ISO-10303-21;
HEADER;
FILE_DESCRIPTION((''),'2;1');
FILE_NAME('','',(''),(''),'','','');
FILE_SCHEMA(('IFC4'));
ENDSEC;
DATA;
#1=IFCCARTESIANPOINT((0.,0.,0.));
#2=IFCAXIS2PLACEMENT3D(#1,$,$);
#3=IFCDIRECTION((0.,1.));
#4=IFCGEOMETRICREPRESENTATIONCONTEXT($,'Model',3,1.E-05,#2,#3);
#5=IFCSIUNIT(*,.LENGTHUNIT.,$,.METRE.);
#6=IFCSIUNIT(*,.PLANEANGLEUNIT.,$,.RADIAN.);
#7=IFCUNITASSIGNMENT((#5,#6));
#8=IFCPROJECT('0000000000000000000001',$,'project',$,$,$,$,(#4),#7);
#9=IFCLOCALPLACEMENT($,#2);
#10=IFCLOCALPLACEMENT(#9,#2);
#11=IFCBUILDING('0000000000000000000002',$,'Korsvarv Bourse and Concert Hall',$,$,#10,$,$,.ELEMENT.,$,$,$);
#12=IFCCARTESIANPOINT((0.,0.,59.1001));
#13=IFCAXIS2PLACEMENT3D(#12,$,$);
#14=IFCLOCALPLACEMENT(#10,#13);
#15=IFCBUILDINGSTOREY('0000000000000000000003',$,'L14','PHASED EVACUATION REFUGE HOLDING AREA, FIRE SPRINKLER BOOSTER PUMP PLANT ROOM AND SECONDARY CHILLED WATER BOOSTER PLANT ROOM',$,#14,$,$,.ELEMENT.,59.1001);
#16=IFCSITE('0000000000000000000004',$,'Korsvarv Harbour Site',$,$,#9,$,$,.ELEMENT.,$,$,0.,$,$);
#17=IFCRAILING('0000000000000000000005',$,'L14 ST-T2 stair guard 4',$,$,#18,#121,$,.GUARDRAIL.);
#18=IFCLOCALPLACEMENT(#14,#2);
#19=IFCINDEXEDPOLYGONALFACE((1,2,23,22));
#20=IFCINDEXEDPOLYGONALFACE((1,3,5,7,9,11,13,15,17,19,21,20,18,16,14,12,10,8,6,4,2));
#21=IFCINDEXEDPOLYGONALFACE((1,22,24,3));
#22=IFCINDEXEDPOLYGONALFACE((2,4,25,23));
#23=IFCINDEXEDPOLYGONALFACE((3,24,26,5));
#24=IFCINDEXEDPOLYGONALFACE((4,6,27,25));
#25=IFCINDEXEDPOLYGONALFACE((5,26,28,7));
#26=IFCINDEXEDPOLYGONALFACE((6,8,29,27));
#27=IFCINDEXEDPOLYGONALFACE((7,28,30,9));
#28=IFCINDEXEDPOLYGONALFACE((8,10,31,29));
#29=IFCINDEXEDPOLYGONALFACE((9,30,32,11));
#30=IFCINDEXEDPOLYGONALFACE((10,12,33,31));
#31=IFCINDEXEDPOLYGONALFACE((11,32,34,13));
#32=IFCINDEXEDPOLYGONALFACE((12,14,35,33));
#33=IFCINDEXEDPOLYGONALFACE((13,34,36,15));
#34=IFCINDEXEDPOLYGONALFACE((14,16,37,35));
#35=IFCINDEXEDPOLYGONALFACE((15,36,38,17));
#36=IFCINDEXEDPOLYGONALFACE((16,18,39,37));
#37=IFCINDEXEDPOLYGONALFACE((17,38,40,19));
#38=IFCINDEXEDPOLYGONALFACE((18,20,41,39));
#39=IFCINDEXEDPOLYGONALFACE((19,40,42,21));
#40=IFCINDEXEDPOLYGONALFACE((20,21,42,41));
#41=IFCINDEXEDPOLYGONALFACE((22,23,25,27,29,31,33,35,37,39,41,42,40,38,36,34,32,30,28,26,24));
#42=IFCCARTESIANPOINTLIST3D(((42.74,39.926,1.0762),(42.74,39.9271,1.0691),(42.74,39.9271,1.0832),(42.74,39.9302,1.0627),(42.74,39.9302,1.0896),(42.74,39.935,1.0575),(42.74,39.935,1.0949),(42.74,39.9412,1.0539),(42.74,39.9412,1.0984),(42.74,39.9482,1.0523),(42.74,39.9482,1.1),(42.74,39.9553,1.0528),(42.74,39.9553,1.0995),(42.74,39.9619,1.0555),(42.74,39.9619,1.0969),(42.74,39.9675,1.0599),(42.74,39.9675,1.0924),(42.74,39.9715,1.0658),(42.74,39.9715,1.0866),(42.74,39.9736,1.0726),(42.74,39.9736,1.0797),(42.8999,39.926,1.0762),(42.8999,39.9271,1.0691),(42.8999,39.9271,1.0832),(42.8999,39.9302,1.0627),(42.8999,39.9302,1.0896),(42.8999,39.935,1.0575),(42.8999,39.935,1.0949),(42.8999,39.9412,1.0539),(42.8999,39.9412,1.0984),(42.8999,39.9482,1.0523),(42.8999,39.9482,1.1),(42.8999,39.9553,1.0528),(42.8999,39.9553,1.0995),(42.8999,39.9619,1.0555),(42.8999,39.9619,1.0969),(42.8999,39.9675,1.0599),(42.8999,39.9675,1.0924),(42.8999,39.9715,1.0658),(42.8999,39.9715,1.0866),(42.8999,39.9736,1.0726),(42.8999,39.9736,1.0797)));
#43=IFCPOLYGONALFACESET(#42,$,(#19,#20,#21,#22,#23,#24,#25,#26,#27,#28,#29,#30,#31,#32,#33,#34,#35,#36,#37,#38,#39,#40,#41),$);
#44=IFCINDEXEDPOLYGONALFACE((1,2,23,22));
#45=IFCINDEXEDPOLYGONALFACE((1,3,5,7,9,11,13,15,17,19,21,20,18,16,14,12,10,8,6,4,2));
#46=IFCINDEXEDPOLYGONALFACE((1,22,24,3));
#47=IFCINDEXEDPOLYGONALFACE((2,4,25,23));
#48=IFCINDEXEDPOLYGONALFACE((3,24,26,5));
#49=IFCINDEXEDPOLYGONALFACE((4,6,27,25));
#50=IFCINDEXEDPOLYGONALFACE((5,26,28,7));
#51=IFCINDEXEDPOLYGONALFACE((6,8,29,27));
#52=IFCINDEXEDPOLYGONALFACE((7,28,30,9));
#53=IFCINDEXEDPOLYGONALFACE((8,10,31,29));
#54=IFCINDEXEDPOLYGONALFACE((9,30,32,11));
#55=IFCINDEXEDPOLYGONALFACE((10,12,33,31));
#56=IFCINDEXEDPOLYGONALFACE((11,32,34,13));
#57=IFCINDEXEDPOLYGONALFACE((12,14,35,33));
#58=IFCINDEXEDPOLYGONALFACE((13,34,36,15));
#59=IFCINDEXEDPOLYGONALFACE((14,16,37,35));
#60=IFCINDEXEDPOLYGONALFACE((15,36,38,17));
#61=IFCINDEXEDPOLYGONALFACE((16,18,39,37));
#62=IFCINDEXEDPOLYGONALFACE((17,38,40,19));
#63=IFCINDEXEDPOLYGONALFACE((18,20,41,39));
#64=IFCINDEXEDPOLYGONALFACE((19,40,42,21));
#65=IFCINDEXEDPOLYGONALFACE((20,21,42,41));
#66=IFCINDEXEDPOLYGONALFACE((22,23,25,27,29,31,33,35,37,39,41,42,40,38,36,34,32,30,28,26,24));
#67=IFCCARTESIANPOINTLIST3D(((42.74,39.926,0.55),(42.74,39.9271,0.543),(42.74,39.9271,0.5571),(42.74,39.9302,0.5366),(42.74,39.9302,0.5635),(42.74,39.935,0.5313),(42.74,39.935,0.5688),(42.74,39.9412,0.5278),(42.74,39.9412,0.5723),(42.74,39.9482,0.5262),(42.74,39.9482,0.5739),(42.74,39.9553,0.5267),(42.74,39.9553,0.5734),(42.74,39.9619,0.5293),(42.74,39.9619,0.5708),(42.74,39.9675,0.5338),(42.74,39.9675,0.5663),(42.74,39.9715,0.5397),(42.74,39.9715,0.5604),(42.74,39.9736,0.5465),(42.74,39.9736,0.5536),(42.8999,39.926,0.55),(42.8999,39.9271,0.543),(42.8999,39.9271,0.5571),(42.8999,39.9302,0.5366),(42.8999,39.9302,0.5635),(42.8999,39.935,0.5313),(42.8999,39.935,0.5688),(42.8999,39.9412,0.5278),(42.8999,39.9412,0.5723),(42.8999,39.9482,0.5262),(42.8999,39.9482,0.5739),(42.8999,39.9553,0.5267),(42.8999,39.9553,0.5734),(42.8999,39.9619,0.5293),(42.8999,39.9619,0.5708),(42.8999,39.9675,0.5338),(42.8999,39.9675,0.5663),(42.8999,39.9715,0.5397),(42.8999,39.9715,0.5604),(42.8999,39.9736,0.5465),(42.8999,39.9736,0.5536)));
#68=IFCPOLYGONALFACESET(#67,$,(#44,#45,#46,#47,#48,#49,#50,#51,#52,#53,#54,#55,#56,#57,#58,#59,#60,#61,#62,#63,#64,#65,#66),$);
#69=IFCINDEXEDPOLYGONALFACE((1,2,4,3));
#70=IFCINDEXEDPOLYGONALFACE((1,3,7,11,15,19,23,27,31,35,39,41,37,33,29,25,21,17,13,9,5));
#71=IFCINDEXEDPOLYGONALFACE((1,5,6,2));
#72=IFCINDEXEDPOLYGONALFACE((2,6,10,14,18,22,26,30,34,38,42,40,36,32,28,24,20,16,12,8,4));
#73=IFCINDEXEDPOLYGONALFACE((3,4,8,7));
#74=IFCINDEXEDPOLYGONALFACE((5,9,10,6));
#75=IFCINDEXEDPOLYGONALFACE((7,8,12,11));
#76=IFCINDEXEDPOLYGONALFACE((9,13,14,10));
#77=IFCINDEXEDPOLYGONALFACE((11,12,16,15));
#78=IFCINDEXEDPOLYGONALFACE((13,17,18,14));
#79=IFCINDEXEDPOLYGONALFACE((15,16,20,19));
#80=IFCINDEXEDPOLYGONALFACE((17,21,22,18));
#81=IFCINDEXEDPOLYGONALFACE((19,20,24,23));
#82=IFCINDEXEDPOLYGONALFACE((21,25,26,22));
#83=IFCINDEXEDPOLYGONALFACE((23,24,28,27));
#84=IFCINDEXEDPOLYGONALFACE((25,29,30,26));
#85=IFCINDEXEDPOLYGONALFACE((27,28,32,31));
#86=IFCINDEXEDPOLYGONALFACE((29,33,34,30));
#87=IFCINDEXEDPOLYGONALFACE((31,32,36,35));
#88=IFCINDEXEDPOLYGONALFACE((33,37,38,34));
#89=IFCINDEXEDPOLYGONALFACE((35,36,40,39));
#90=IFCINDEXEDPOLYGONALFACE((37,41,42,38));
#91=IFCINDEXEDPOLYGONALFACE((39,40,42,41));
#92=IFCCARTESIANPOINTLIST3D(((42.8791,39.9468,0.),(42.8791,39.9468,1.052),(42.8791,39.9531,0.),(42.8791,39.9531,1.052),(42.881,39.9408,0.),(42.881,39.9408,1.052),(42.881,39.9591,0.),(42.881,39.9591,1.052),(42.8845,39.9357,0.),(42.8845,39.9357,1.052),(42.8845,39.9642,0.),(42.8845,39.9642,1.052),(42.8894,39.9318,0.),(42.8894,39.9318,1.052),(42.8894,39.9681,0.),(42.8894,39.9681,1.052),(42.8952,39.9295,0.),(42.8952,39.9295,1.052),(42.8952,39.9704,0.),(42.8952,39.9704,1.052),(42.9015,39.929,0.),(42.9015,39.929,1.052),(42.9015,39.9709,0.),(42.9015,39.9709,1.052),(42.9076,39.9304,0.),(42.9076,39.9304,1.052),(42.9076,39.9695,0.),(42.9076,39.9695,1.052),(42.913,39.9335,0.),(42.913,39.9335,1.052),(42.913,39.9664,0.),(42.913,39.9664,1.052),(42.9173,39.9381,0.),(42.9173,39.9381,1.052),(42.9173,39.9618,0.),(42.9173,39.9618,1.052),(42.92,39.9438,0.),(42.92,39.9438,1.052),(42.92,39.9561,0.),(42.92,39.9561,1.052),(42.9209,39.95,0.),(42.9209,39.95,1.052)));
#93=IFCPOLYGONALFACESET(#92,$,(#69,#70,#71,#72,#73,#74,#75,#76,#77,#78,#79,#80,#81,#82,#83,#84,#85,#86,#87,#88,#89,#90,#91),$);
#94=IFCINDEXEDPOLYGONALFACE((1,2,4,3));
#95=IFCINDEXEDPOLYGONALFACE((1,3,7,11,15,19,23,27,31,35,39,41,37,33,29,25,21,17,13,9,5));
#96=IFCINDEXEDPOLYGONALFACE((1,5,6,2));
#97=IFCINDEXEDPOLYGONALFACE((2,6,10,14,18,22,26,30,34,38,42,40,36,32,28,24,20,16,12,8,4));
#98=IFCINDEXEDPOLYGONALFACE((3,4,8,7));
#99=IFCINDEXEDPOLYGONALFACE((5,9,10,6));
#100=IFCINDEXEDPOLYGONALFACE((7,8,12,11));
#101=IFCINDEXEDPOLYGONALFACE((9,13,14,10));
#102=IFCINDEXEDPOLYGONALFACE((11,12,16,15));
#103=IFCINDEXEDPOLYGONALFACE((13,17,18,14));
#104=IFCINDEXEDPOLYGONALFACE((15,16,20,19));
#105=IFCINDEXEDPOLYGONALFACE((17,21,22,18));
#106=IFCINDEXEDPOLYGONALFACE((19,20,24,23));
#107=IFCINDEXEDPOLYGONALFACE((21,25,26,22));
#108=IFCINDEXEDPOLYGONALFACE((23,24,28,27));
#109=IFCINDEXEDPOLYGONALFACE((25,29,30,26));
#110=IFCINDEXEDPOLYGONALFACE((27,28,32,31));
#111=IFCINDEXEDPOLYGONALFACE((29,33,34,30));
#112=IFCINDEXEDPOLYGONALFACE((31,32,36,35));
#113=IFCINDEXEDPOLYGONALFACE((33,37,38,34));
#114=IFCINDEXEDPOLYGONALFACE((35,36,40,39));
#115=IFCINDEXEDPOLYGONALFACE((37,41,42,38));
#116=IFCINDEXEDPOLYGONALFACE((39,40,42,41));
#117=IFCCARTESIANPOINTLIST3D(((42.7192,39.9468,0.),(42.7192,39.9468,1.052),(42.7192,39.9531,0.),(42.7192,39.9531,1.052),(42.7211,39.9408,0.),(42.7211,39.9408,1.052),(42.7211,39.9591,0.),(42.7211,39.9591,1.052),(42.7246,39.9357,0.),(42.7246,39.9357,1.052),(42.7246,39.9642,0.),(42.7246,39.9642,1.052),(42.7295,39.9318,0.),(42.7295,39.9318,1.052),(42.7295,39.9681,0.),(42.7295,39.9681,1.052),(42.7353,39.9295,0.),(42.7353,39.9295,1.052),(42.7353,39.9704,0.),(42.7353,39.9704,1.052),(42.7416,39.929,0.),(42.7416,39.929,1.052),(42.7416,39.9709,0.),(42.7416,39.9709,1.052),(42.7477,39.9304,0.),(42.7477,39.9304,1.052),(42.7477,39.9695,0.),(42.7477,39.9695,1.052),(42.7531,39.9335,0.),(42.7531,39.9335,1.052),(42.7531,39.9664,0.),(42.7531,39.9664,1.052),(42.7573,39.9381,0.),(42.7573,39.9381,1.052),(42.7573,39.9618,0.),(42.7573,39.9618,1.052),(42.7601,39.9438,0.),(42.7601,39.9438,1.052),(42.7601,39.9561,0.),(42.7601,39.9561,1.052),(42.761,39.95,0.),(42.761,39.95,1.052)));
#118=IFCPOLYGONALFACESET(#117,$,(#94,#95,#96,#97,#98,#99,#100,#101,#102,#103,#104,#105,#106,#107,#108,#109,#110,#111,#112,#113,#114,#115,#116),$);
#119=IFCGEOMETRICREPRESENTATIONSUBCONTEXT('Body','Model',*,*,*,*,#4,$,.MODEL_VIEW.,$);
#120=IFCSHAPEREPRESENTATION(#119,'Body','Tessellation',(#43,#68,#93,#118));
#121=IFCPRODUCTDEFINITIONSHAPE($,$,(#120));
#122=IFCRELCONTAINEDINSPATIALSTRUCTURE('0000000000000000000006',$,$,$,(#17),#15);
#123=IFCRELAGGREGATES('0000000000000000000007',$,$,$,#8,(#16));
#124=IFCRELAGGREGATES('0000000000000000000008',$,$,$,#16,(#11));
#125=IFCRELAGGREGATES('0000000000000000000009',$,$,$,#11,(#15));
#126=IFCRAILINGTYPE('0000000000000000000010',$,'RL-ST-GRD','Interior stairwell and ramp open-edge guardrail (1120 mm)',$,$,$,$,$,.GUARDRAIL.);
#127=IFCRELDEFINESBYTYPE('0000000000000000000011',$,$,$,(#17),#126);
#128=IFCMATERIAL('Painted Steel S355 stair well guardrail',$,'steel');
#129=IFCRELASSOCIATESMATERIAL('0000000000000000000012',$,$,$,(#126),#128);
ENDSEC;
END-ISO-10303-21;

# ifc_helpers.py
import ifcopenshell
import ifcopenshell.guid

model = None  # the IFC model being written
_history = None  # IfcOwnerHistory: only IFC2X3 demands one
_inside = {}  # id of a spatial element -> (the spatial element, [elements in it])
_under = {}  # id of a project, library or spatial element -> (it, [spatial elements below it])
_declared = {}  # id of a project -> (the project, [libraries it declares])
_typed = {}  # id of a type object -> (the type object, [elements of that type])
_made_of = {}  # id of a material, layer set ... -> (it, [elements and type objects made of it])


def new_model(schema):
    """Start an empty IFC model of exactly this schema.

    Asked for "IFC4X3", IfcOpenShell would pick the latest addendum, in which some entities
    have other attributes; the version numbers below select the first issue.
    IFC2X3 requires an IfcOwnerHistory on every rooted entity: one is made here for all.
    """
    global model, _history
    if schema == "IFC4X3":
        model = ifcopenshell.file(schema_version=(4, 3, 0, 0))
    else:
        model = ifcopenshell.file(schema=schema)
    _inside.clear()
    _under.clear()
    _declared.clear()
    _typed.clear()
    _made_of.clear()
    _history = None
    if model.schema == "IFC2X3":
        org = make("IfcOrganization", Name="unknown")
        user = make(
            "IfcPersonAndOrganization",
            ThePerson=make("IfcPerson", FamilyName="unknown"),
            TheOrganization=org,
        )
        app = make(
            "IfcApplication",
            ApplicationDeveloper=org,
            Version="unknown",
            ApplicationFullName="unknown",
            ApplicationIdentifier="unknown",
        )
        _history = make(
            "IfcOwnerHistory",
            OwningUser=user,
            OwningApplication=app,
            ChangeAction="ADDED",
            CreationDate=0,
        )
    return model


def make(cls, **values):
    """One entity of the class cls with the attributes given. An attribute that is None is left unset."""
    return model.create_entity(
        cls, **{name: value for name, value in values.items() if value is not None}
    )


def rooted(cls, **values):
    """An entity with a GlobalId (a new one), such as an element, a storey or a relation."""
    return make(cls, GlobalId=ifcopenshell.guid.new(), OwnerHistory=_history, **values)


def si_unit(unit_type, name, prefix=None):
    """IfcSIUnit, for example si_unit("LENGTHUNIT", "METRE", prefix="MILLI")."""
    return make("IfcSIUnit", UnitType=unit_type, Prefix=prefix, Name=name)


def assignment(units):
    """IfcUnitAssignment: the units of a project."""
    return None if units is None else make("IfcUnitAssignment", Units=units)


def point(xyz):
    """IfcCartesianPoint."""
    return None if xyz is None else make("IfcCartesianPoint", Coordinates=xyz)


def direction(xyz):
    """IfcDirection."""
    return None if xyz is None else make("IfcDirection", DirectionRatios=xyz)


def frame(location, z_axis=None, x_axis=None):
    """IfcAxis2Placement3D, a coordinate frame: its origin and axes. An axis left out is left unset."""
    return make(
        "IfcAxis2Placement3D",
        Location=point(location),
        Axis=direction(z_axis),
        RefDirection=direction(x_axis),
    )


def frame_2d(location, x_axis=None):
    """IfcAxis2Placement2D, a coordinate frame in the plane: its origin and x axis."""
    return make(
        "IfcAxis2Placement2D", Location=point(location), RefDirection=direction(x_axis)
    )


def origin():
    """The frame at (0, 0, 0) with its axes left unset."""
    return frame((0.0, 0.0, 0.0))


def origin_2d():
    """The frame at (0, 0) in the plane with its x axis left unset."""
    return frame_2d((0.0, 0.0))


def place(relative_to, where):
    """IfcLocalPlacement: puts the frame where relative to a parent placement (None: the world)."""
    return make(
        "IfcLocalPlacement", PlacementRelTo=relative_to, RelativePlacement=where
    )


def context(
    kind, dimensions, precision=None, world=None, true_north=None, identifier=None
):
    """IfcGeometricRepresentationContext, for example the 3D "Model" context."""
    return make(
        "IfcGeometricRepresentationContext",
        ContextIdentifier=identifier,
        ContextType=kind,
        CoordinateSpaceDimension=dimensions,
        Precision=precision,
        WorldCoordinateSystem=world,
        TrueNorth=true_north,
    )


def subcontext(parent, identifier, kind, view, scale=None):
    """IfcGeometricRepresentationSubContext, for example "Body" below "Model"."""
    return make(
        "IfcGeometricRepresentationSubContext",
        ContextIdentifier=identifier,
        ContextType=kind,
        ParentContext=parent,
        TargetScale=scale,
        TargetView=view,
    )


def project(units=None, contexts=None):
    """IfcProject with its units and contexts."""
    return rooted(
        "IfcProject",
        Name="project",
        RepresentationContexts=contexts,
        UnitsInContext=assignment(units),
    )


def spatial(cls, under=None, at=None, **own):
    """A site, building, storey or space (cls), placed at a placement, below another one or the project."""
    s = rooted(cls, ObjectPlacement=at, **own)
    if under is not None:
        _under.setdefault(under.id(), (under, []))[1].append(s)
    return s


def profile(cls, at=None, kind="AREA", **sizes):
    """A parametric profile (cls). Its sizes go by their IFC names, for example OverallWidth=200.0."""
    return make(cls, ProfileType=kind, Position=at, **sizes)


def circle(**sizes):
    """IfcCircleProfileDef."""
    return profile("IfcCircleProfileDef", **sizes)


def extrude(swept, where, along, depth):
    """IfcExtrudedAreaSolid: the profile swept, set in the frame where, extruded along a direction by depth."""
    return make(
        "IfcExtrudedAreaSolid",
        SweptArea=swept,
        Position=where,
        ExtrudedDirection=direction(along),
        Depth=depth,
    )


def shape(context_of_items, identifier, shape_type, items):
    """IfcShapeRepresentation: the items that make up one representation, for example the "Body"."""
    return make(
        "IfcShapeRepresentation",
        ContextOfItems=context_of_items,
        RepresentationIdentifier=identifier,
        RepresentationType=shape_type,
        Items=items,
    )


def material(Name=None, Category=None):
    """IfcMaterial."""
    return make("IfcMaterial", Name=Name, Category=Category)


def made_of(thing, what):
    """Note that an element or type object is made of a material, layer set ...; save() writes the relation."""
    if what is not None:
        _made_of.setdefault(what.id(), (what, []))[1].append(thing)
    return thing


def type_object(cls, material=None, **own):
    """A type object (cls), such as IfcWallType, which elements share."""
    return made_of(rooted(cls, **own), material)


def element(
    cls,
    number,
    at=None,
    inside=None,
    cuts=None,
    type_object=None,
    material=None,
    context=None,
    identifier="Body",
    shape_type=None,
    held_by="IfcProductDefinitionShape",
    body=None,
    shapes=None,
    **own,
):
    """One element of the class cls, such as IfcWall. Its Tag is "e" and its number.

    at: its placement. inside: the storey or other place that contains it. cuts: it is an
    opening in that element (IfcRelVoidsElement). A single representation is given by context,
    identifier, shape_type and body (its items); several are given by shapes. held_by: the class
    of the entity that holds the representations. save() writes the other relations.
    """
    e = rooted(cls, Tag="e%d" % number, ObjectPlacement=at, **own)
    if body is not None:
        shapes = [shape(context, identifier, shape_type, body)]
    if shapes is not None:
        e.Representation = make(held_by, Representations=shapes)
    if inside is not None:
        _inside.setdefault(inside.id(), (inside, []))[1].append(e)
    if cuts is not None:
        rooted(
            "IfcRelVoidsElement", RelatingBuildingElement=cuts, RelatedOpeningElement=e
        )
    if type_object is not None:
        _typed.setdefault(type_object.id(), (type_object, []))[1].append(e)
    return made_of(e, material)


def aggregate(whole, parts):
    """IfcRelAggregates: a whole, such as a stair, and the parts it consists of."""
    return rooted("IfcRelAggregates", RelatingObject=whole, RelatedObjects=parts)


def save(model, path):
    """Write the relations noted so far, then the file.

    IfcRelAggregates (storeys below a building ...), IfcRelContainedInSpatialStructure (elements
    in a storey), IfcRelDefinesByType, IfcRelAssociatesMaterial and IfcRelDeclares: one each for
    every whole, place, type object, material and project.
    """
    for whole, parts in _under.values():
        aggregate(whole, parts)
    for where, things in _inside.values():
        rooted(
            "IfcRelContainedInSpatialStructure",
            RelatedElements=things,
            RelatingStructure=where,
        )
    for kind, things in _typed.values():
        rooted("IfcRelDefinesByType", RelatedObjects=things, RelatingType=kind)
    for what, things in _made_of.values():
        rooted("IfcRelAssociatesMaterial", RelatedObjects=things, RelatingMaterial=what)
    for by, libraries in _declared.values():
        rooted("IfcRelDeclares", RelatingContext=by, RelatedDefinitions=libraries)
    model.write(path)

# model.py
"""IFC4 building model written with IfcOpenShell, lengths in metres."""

from ifc_helpers import new_model, si_unit, direction, frame, origin, origin_2d, place, context, subcontext, project, spatial, circle, extrude, material, type_object, element, save


model = new_model("IFC4")

# Units and contexts
model_context = context("Model", 3, precision=1e-05, world=origin(), true_north=direction((0.0, 1.0)))
body_context = subcontext(model_context, "Body", "Model", "MODEL_VIEW")
ifc_project = project(units=[si_unit("LENGTHUNIT", "METRE"), si_unit("PLANEANGLEUNIT", "RADIAN")], contexts=[model_context])

# Site, building, storey
site_placement = place(None, origin())
site = spatial("IfcSite", under=ifc_project, at=site_placement, Name="Korsvarv Harbour Site", CompositionType="ELEMENT", RefElevation=0.0)
building_placement = place(site_placement, origin())
building = spatial("IfcBuilding", under=site, at=building_placement, Name="Korsvarv Bourse and Concert Hall", CompositionType="ELEMENT")
storey_placement = place(building_placement, frame((0.0, 0.0, 59.1001)))
storey = spatial("IfcBuildingStorey", under=building, at=storey_placement, Name="L14", Description="PHASED EVACUATION REFUGE HOLDING AREA, FIRE SPRINKLER BOOSTER PUMP PLANT ROOM AND SECONDARY CHILLED WATER BOOSTER PLANT ROOM", CompositionType="ELEMENT", Elevation=59.1001)

# Railing
ifc_material_1 = material(Name="Painted Steel S355 stair well guardrail", Category="steel")
railing_type_1 = type_object("IfcRailingType", Name="RL-ST-GRD", Description="Interior stairwell and ramp open-edge guardrail (1120 mm)", PredefinedType="GUARDRAIL", material=ifc_material_1)
railing_1_placement = place(storey_placement, frame((42.8999, 39.95, 0.0)))
element("IfcRailing", 1, at=railing_1_placement, inside=storey, type_object=railing_type_1, Name="L14 ST-T2 stair guard 4", PredefinedType="GUARDRAIL", context=body_context, shape_type="SweptSolid", body=[
    extrude(circle(Radius=0.0239, at=origin_2d()), frame((0.0, 0.0, 1.0762), z_axis=(-1.0, 0.0, 0.0), x_axis=(0.0, -1.0, 0.0)), (0.0, 0.0, 1.0), 0.1599),
    extrude(circle(Radius=0.0239, at=origin_2d()), frame((0.0, 0.0, 0.55), z_axis=(-1.0, 0.0, 0.0), x_axis=(0.0, -1.0, 0.0)), (0.0, 0.0, 1.0), 0.1599),
    extrude(circle(Radius=0.021, at=origin_2d()), origin(), (0.0, 0.0, 1.0), 1.052),
    extrude(circle(Radius=0.021, at=origin_2d()), frame((-0.1599, 0.0, 0.0)), (0.0, 0.0, 1.0), 1.052),
])

save(model, "model.ifc")
